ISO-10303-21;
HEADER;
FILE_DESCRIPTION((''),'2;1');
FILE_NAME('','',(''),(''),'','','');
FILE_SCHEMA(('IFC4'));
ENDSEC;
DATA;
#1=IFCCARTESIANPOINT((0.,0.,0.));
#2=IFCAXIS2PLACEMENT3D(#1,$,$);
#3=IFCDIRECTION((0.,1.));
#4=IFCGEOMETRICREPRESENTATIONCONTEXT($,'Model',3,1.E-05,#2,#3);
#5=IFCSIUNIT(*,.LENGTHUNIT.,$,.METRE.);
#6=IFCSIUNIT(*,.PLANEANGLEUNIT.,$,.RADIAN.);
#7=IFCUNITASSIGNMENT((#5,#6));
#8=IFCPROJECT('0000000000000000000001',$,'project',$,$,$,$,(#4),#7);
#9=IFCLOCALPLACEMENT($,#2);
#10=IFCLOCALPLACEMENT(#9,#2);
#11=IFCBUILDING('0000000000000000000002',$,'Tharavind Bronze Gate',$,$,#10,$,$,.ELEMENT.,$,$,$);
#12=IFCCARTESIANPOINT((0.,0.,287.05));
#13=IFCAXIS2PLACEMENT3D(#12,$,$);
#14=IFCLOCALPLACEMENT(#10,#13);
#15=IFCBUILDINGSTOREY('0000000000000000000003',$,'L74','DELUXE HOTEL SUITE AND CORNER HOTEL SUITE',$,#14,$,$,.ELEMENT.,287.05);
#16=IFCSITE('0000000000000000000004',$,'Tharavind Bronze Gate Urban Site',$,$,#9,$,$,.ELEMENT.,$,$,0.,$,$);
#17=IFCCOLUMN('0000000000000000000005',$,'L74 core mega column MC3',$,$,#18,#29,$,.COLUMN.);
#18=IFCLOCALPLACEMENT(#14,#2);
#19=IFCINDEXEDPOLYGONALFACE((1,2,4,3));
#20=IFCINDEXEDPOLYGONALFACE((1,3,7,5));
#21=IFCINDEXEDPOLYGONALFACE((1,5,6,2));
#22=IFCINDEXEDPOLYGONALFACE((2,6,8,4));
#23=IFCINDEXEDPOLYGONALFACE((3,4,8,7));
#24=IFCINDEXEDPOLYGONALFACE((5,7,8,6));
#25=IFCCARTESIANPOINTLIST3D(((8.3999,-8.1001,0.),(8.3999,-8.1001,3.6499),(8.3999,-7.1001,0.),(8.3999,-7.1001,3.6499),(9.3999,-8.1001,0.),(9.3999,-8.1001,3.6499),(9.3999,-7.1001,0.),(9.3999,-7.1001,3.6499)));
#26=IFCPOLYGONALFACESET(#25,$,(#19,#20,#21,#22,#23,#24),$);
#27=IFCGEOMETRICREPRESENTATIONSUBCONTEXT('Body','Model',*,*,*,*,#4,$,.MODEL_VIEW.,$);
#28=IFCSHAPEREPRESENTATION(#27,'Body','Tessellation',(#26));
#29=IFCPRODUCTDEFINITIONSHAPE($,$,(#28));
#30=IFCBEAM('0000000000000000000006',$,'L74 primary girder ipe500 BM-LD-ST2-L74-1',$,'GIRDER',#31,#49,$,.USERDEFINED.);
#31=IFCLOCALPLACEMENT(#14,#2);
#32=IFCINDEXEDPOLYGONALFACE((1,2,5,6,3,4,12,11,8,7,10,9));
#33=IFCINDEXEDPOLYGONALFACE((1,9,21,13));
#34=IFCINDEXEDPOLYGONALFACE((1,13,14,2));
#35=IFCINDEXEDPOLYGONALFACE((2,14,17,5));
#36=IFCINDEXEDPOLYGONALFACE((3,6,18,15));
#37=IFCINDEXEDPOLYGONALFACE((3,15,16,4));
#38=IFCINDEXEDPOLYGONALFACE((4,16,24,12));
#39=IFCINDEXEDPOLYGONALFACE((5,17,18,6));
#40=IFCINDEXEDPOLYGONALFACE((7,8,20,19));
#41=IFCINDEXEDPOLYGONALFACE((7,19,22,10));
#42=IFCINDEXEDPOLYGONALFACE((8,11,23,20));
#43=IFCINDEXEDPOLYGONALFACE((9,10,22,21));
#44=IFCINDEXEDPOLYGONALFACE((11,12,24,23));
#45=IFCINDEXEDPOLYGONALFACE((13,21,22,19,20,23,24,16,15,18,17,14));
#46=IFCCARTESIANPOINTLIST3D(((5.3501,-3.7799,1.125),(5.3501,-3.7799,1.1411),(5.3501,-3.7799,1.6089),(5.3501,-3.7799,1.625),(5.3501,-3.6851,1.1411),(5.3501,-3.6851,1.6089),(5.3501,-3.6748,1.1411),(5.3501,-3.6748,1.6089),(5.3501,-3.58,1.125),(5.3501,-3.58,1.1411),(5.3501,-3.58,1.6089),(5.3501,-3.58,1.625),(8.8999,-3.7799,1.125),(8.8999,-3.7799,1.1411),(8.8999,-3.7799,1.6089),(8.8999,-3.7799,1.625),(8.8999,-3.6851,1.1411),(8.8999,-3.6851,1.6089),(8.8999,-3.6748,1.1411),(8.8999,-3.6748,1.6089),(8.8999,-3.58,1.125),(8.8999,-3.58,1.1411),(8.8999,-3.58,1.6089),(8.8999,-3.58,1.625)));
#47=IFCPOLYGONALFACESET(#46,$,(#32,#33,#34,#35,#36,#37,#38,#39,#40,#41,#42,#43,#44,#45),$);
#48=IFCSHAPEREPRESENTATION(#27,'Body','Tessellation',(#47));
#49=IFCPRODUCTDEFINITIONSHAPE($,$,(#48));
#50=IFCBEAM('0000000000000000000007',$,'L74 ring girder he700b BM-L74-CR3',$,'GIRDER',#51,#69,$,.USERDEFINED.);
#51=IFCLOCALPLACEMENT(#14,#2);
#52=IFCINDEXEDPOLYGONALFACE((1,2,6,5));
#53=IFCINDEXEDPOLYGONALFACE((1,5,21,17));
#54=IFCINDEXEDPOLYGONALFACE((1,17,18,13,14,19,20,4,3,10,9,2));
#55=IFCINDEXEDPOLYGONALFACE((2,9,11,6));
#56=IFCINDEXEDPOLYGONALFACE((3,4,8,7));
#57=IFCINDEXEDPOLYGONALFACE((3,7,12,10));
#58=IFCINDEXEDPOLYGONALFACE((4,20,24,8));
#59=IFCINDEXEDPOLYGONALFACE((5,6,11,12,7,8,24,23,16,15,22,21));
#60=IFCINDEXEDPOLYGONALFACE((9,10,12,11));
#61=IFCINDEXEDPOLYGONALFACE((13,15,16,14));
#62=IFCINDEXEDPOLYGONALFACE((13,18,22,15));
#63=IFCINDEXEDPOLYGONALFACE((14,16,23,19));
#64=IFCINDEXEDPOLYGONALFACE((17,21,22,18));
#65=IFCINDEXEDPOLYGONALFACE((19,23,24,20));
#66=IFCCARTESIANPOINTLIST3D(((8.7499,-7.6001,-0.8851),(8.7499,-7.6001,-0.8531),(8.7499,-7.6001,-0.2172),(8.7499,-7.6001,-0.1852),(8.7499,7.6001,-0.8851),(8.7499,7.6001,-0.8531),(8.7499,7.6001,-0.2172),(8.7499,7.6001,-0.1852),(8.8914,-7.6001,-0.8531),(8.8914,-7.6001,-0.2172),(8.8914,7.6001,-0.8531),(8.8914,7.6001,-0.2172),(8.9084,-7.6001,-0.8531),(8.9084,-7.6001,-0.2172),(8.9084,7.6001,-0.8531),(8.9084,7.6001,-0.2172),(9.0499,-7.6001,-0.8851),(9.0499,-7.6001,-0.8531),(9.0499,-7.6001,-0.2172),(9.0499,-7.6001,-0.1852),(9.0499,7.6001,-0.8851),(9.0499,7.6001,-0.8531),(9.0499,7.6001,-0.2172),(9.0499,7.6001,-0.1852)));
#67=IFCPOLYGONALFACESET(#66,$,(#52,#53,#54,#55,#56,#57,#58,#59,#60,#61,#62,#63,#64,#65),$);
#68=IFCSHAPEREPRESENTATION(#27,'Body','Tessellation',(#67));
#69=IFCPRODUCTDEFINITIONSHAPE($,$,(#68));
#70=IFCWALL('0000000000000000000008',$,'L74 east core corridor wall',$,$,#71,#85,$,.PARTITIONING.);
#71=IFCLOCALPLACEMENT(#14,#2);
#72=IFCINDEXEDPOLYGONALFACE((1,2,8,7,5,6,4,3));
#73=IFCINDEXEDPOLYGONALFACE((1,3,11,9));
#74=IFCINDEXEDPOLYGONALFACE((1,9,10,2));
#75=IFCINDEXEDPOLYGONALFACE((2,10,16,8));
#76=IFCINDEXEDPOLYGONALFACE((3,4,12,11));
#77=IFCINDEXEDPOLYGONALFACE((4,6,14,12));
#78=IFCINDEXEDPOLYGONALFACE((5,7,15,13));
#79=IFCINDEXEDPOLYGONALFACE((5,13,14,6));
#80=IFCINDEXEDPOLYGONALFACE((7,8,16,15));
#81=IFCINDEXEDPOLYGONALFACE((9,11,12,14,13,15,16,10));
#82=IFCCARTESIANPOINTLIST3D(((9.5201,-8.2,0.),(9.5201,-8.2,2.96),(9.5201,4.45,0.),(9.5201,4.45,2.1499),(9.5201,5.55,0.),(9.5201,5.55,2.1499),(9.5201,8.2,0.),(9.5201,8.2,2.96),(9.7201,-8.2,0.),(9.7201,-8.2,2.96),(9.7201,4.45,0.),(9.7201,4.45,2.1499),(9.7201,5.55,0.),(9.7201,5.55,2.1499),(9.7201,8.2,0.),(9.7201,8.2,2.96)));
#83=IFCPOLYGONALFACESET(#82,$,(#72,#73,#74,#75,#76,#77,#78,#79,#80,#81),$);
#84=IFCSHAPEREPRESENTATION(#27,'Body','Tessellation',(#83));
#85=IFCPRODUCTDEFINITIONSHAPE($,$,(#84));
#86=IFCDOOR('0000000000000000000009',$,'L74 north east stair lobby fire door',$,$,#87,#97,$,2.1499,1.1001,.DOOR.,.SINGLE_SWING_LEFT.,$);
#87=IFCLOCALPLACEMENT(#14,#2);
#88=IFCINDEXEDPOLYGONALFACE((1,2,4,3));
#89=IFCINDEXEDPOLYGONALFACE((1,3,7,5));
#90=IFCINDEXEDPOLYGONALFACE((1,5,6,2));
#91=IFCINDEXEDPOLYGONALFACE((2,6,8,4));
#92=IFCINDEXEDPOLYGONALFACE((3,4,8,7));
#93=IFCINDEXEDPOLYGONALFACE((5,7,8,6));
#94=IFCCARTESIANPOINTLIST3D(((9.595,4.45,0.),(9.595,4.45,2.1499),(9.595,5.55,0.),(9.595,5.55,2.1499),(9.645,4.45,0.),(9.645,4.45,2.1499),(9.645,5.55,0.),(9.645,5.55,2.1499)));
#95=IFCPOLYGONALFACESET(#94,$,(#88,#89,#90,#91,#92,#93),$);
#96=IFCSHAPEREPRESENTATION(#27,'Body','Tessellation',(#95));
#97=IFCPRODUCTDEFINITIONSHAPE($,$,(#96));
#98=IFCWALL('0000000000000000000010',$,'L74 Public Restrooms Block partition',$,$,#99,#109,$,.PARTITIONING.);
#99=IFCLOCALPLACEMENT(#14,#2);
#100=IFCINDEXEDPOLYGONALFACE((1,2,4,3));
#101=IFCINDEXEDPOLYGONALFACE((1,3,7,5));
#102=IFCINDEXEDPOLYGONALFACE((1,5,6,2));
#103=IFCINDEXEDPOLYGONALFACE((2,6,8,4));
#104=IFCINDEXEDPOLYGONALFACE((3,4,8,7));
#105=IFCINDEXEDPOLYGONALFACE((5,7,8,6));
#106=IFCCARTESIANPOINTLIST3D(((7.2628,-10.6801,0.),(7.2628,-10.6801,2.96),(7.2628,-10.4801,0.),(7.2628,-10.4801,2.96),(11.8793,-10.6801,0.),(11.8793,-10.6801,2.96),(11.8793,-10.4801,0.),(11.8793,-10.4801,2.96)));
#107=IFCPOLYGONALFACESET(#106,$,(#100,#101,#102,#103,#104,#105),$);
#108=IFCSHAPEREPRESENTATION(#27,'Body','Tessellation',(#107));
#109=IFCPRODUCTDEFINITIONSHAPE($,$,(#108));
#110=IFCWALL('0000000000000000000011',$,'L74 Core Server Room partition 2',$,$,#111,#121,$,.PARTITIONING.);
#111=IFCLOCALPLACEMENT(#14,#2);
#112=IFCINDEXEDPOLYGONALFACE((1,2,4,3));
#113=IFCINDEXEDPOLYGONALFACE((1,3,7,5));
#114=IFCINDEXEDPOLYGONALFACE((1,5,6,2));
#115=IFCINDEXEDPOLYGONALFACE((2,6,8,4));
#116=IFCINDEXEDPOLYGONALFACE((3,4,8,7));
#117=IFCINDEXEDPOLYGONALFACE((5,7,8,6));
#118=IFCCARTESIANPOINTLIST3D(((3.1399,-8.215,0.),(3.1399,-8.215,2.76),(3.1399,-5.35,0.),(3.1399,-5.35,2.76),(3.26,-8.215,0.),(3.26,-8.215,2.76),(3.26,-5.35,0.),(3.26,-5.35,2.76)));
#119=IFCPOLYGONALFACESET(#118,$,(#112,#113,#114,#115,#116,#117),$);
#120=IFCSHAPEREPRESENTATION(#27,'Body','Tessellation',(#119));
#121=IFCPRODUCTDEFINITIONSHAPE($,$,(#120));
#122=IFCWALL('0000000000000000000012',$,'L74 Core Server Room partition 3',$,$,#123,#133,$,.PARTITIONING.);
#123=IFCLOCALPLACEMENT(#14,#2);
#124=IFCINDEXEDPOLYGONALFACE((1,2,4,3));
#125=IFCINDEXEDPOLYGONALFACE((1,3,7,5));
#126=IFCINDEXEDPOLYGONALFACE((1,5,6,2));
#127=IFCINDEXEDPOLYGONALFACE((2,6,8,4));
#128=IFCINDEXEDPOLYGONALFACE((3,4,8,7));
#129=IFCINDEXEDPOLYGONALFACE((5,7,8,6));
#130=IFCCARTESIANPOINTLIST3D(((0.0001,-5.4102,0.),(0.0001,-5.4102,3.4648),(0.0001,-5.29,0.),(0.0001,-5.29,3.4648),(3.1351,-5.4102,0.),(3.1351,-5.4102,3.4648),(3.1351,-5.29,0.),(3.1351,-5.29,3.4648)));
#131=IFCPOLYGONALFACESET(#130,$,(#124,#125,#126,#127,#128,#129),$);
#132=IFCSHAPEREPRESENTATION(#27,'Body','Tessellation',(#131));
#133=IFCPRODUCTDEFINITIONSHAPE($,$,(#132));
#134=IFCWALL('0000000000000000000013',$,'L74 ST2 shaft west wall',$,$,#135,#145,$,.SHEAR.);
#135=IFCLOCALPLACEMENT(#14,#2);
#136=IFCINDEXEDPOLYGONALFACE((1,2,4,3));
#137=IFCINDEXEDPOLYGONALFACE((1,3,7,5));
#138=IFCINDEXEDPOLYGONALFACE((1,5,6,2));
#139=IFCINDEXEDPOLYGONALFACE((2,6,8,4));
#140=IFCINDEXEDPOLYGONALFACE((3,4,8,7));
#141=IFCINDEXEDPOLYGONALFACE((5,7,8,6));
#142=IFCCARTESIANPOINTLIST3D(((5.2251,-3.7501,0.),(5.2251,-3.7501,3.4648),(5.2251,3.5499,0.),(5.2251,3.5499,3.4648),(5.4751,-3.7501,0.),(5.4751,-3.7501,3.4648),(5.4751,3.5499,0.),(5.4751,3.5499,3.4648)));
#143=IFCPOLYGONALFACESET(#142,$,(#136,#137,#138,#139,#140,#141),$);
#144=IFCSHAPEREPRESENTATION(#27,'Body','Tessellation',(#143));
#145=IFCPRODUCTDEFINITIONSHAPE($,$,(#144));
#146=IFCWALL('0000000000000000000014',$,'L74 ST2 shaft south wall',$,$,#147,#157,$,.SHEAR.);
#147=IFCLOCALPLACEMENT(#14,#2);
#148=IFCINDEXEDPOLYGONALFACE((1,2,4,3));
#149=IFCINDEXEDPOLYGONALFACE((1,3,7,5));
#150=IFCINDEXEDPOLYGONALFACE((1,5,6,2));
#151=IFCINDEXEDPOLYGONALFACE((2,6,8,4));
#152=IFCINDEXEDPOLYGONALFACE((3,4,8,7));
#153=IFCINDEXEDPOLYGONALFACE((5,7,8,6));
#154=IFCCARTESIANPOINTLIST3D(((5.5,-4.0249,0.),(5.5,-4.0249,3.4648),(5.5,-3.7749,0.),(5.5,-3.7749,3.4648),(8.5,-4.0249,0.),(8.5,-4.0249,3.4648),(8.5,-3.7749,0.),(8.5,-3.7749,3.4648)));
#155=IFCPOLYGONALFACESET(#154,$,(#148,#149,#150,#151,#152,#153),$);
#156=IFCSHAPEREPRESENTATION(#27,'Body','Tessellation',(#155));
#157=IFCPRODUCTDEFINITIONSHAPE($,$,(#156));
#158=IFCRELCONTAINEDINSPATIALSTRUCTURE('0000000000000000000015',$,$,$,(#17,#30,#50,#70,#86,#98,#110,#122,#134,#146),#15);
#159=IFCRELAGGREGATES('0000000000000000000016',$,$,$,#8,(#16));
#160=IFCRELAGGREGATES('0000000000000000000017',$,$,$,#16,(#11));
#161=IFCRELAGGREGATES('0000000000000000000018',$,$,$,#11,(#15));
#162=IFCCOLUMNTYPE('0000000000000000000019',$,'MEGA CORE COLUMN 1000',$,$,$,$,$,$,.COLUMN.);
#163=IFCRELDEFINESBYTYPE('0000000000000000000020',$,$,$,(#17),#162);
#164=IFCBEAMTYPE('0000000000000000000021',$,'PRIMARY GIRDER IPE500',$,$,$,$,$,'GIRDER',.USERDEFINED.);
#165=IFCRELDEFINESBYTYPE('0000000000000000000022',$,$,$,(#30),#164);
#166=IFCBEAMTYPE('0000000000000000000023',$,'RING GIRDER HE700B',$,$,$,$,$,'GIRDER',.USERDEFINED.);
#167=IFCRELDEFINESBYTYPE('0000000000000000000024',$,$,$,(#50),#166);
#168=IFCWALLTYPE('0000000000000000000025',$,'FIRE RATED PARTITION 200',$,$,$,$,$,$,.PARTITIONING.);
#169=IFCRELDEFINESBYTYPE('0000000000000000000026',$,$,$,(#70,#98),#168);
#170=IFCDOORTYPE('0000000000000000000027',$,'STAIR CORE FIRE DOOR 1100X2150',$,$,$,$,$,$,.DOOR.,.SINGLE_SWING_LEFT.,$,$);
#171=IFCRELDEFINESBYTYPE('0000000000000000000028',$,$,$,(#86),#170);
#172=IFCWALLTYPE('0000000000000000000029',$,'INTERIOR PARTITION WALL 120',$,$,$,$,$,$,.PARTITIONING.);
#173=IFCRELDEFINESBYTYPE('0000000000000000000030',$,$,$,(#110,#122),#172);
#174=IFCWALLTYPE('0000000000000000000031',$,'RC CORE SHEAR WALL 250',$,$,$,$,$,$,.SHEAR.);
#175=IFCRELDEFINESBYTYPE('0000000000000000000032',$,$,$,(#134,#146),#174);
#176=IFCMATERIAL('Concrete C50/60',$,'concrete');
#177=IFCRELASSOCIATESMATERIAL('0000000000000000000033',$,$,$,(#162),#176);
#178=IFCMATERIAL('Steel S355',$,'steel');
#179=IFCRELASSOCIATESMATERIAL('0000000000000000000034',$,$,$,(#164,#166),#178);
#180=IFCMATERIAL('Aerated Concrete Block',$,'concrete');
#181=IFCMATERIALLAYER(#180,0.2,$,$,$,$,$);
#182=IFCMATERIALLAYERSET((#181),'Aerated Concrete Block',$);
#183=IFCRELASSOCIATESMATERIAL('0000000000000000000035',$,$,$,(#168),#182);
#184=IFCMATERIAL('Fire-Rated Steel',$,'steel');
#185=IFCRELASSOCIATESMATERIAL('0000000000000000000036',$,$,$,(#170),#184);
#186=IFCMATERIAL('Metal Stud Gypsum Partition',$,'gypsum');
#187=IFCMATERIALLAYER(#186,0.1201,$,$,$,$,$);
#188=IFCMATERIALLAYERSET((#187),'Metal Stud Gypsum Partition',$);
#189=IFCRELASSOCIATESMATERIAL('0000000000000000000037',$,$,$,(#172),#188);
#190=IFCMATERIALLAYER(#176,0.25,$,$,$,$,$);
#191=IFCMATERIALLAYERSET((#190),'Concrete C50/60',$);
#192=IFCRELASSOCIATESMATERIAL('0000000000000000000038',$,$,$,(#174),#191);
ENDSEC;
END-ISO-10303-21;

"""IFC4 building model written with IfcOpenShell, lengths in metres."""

from ifc_helpers import new_model, si_unit, direction, frame, frame_2d, origin, origin_2d, place, context, subcontext, project, spatial, rectangle, i_section, extrude, material, layer, layer_set, material_profile, profile_set, type_object, element, fill, save


model = new_model("IFC4")

# Units and contexts
model_context = context("Model", 3, precision=1e-05, world=origin(), true_north=direction((0.0, 1.0)))
body_context = subcontext(model_context, "Body", "Model", "MODEL_VIEW")
ifc_project = project(units=[si_unit("LENGTHUNIT", "METRE"), si_unit("PLANEANGLEUNIT", "RADIAN")], contexts=[model_context])

# Site, building, storey
site_placement = place(None, origin())
site = spatial("IfcSite", under=ifc_project, at=site_placement, Name="Tharavind Bronze Gate Urban Site", CompositionType="ELEMENT", RefElevation=0.0)
building_placement = place(site_placement, origin())
building = spatial("IfcBuilding", under=site, at=building_placement, Name="Tharavind Bronze Gate", CompositionType="ELEMENT")
storey_placement = place(building_placement, frame((0.0, 0.0, 287.05)))
storey = spatial("IfcBuildingStorey", under=building, at=storey_placement, Name="L74", Description="DELUXE HOTEL SUITE AND CORNER HOTEL SUITE", CompositionType="ELEMENT", Elevation=287.05)

# Column
ifc_material_1 = material(Name="Concrete C50/60", Category="concrete")
ifc_material_profile_1 = material_profile(ifc_material_1, rectangle(XDim=1.0, YDim=1.0, at=origin_2d()), Name="RCCOL1000")
ifc_profile_set_1 = profile_set([ifc_material_profile_1], Name="Concrete C50/60")
column_type = type_object("IfcColumnType", Name="MEGA CORE COLUMN 1000", PredefinedType="COLUMN", material=ifc_profile_set_1)
column_placement = place(storey_placement, frame((8.8999, -7.6001, 0.0), z_axis=(0.0, 0.0, 1.0), x_axis=(1.0, 0.0, 0.0)))
element("IfcColumn", 1, at=column_placement, inside=storey, type_object=column_type, Name="L74 core mega column MC3", PredefinedType="COLUMN", context=body_context, shape_type="SweptSolid", body=[
    extrude(rectangle(XDim=1.0, YDim=1.0, at=origin_2d()), origin(), (0.0, 0.0, 1.0), 3.6499),
])

# Beams
ifc_material_2 = material(Name="Steel S355", Category="steel")
ifc_material_profile_2 = material_profile(ifc_material_2, i_section(OverallWidth=0.2, OverallDepth=0.5, WebThickness=0.0103, FlangeThickness=0.0161, at=origin_2d()), Name="IPE500")
ifc_profile_set_2 = profile_set([ifc_material_profile_2], Name="Steel S355")
beam_type_1 = type_object("IfcBeamType", Name="PRIMARY GIRDER IPE500", ElementType="GIRDER", PredefinedType="USERDEFINED", material=ifc_profile_set_2)
beam_1_placement = place(storey_placement, frame((5.3501, -3.6799, 1.375), z_axis=(1.0, 0.0, 0.0), x_axis=(0.0, 1.0, 0.0)))
element("IfcBeam", 2, at=beam_1_placement, inside=storey, type_object=beam_type_1, Name="L74 primary girder ipe500 BM-LD-ST2-L74-1", ObjectType="GIRDER", PredefinedType="USERDEFINED", context=body_context, shape_type="SweptSolid", body=[
    extrude(i_section(OverallWidth=0.2, OverallDepth=0.5, WebThickness=0.0103, FlangeThickness=0.0161, at=origin_2d()), origin(), (0.0, 0.0, 1.0), 3.5498),
])
ifc_material_profile_3 = material_profile(ifc_material_2, i_section(OverallWidth=0.3, OverallDepth=0.7, WebThickness=0.0171, FlangeThickness=0.032, at=origin_2d()), Name="HE700B")
ifc_profile_set_3 = profile_set([ifc_material_profile_3], Name="Steel S355")
beam_type_2 = type_object("IfcBeamType", Name="RING GIRDER HE700B", ElementType="GIRDER", PredefinedType="USERDEFINED", material=ifc_profile_set_3)
beam_2_placement = place(storey_placement, frame((8.8999, -7.6001, -0.5352), z_axis=(0.0, 1.0, 0.0), x_axis=(-1.0, 0.0, 0.0)))
element("IfcBeam", 3, at=beam_2_placement, inside=storey, type_object=beam_type_2, Name="L74 ring girder he700b BM-L74-CR3", ObjectType="GIRDER", PredefinedType="USERDEFINED", context=body_context, shape_type="SweptSolid", body=[
    extrude(i_section(OverallWidth=0.3, OverallDepth=0.7, WebThickness=0.0171, FlangeThickness=0.032, at=origin_2d()), origin(), (0.0, 0.0, 1.0), 15.2002),
])

# Wall, opening, door
ifc_material_3 = material(Name="Aerated Concrete Block", Category="concrete")
ifc_layer_1 = layer(ifc_material_3, 0.2)
ifc_layer_set_1 = layer_set([ifc_layer_1], Name="Aerated Concrete Block")
wall_type_1 = type_object("IfcWallType", Name="FIRE RATED PARTITION 200", PredefinedType="PARTITIONING", material=ifc_layer_set_1)
wall_1_placement = place(storey_placement, frame((9.6201, -8.2, 0.0), z_axis=(0.0, 0.0, 1.0), x_axis=(0.0, 1.0, 0.0)))
wall_1 = element("IfcWall", 4, at=wall_1_placement, inside=storey, type_object=wall_type_1, Name="L74 east core corridor wall", PredefinedType="PARTITIONING", context=body_context, shape_type="SweptSolid", body=[
    extrude(rectangle(XDim=16.3999, YDim=0.2, at=frame_2d((8.2, 0.0))), origin(), (0.0, 0.0, 1.0), 2.96),
])
opening_1_placement = place(wall_1_placement, frame((12.6499, 0.0, 0.0)))
opening_1 = element("IfcOpeningElement", 5, at=opening_1_placement, cuts=wall_1, PredefinedType="OPENING", context=body_context, shape_type="SweptSolid", body=[
    extrude(rectangle(XDim=1.1001, YDim=2.1499, at=frame_2d((0.55, 1.075))), frame((0.0, 0.1101, 0.0), z_axis=(0.0, -1.0, 0.0), x_axis=(1.0, 0.0, 0.0)), (0.0, 0.0, 1.0), 0.22),
])
ifc_material_4 = material(Name="Fire-Rated Steel", Category="steel")
door_type_1 = type_object("IfcDoorType", Name="STAIR CORE FIRE DOOR 1100X2150", OperationType="SINGLE_SWING_LEFT", PredefinedType="DOOR", material=ifc_material_4)
door_1_placement = place(opening_1_placement, frame((1.1001, 0.0, 0.0), z_axis=(0.0, 0.0, 1.0), x_axis=(-1.0, 0.0, 0.0)))
door_1 = element("IfcDoor", 6, at=door_1_placement, inside=storey, type_object=door_type_1, Name="L74 north east stair lobby fire door", OperationType="SINGLE_SWING_LEFT", OverallHeight=2.1499, OverallWidth=1.1001, PredefinedType="DOOR", context=body_context, shape_type="SweptSolid", body=[
    extrude(rectangle(XDim=1.1001, YDim=2.1499, at=frame_2d((0.55, 1.075))), frame((0.0, 0.0249, 0.0), z_axis=(0.0, -1.0, 0.0), x_axis=(1.0, 0.0, 0.0)), (0.0, 0.0, 1.0), 0.05),
])
fill(opening_1, door_1)

# Walls
wall_2_placement = place(storey_placement, frame((7.2629, -10.5801, 0.0), z_axis=(0.0, 0.0, 1.0), x_axis=(1.0, 0.0, 0.0)))
element("IfcWall", 7, at=wall_2_placement, inside=storey, type_object=wall_type_1, Name="L74 Public Restrooms Block partition", PredefinedType="PARTITIONING", context=body_context, shape_type="SweptSolid", body=[
    extrude(rectangle(XDim=4.6165, YDim=0.2, at=frame_2d((2.3081, 0.0))), origin(), (0.0, 0.0, 1.0), 2.96),
])
ifc_material_5 = material(Name="Metal Stud Gypsum Partition", Category="gypsum")
ifc_layer_2 = layer(ifc_material_5, 0.1201)
ifc_layer_set_2 = layer_set([ifc_layer_2], Name="Metal Stud Gypsum Partition")
wall_type_2 = type_object("IfcWallType", Name="INTERIOR PARTITION WALL 120", PredefinedType="PARTITIONING", material=ifc_layer_set_2)
wall_3_placement = place(storey_placement, frame((3.2, -8.2151, 0.0), z_axis=(0.0, 0.0, 1.0), x_axis=(0.0, 1.0, 0.0)))
element("IfcWall", 8, at=wall_3_placement, inside=storey, type_object=wall_type_2, Name="L74 Core Server Room partition 2", PredefinedType="PARTITIONING", context=body_context, shape_type="SweptSolid", body=[
    extrude(rectangle(XDim=2.865, YDim=0.1201, at=frame_2d((1.4326, 0.0))), origin(), (0.0, 0.0, 1.0), 2.76),
])
wall_4_placement = place(storey_placement, frame((3.135, -5.3501, 0.0), z_axis=(0.0, 0.0, 1.0), x_axis=(-1.0, 0.0, 0.0)))
element("IfcWall", 9, at=wall_4_placement, inside=storey, type_object=wall_type_2, Name="L74 Core Server Room partition 3", PredefinedType="PARTITIONING", context=body_context, shape_type="SweptSolid", body=[
    extrude(rectangle(XDim=3.135, YDim=0.1201, at=frame_2d((1.5674, 0.0))), origin(), (0.0, 0.0, 1.0), 3.4648),
])
ifc_layer_3 = layer(ifc_material_1, 0.25)
ifc_layer_set_3 = layer_set([ifc_layer_3], Name="Concrete C50/60")
wall_type_3 = type_object("IfcWallType", Name="RC CORE SHEAR WALL 250", PredefinedType="SHEAR", material=ifc_layer_set_3)
wall_5_placement = place(storey_placement, frame((5.3501, -3.75, 0.0), z_axis=(0.0, 0.0, 1.0), x_axis=(0.0, 1.0, 0.0)))
element("IfcWall", 10, at=wall_5_placement, inside=storey, type_object=wall_type_3, Name="L74 ST2 shaft west wall", PredefinedType="SHEAR", context=body_context, shape_type="SweptSolid", body=[
    extrude(rectangle(XDim=7.3, YDim=0.25, at=frame_2d((3.6499, 0.0))), origin(), (0.0, 0.0, 1.0), 3.4648),
])
wall_6_placement = place(storey_placement, frame((5.5, -3.8999, 0.0), z_axis=(0.0, 0.0, 1.0), x_axis=(1.0, 0.0, 0.0)))
element("IfcWall", 11, at=wall_6_placement, inside=storey, type_object=wall_type_3, Name="L74 ST2 shaft south wall", PredefinedType="SHEAR", context=body_context, shape_type="SweptSolid", body=[
    extrude(rectangle(XDim=3.0, YDim=0.25, at=frame_2d((1.5, 0.0))), origin(), (0.0, 0.0, 1.0), 3.4648),
])

save(model, "model.ifc")
